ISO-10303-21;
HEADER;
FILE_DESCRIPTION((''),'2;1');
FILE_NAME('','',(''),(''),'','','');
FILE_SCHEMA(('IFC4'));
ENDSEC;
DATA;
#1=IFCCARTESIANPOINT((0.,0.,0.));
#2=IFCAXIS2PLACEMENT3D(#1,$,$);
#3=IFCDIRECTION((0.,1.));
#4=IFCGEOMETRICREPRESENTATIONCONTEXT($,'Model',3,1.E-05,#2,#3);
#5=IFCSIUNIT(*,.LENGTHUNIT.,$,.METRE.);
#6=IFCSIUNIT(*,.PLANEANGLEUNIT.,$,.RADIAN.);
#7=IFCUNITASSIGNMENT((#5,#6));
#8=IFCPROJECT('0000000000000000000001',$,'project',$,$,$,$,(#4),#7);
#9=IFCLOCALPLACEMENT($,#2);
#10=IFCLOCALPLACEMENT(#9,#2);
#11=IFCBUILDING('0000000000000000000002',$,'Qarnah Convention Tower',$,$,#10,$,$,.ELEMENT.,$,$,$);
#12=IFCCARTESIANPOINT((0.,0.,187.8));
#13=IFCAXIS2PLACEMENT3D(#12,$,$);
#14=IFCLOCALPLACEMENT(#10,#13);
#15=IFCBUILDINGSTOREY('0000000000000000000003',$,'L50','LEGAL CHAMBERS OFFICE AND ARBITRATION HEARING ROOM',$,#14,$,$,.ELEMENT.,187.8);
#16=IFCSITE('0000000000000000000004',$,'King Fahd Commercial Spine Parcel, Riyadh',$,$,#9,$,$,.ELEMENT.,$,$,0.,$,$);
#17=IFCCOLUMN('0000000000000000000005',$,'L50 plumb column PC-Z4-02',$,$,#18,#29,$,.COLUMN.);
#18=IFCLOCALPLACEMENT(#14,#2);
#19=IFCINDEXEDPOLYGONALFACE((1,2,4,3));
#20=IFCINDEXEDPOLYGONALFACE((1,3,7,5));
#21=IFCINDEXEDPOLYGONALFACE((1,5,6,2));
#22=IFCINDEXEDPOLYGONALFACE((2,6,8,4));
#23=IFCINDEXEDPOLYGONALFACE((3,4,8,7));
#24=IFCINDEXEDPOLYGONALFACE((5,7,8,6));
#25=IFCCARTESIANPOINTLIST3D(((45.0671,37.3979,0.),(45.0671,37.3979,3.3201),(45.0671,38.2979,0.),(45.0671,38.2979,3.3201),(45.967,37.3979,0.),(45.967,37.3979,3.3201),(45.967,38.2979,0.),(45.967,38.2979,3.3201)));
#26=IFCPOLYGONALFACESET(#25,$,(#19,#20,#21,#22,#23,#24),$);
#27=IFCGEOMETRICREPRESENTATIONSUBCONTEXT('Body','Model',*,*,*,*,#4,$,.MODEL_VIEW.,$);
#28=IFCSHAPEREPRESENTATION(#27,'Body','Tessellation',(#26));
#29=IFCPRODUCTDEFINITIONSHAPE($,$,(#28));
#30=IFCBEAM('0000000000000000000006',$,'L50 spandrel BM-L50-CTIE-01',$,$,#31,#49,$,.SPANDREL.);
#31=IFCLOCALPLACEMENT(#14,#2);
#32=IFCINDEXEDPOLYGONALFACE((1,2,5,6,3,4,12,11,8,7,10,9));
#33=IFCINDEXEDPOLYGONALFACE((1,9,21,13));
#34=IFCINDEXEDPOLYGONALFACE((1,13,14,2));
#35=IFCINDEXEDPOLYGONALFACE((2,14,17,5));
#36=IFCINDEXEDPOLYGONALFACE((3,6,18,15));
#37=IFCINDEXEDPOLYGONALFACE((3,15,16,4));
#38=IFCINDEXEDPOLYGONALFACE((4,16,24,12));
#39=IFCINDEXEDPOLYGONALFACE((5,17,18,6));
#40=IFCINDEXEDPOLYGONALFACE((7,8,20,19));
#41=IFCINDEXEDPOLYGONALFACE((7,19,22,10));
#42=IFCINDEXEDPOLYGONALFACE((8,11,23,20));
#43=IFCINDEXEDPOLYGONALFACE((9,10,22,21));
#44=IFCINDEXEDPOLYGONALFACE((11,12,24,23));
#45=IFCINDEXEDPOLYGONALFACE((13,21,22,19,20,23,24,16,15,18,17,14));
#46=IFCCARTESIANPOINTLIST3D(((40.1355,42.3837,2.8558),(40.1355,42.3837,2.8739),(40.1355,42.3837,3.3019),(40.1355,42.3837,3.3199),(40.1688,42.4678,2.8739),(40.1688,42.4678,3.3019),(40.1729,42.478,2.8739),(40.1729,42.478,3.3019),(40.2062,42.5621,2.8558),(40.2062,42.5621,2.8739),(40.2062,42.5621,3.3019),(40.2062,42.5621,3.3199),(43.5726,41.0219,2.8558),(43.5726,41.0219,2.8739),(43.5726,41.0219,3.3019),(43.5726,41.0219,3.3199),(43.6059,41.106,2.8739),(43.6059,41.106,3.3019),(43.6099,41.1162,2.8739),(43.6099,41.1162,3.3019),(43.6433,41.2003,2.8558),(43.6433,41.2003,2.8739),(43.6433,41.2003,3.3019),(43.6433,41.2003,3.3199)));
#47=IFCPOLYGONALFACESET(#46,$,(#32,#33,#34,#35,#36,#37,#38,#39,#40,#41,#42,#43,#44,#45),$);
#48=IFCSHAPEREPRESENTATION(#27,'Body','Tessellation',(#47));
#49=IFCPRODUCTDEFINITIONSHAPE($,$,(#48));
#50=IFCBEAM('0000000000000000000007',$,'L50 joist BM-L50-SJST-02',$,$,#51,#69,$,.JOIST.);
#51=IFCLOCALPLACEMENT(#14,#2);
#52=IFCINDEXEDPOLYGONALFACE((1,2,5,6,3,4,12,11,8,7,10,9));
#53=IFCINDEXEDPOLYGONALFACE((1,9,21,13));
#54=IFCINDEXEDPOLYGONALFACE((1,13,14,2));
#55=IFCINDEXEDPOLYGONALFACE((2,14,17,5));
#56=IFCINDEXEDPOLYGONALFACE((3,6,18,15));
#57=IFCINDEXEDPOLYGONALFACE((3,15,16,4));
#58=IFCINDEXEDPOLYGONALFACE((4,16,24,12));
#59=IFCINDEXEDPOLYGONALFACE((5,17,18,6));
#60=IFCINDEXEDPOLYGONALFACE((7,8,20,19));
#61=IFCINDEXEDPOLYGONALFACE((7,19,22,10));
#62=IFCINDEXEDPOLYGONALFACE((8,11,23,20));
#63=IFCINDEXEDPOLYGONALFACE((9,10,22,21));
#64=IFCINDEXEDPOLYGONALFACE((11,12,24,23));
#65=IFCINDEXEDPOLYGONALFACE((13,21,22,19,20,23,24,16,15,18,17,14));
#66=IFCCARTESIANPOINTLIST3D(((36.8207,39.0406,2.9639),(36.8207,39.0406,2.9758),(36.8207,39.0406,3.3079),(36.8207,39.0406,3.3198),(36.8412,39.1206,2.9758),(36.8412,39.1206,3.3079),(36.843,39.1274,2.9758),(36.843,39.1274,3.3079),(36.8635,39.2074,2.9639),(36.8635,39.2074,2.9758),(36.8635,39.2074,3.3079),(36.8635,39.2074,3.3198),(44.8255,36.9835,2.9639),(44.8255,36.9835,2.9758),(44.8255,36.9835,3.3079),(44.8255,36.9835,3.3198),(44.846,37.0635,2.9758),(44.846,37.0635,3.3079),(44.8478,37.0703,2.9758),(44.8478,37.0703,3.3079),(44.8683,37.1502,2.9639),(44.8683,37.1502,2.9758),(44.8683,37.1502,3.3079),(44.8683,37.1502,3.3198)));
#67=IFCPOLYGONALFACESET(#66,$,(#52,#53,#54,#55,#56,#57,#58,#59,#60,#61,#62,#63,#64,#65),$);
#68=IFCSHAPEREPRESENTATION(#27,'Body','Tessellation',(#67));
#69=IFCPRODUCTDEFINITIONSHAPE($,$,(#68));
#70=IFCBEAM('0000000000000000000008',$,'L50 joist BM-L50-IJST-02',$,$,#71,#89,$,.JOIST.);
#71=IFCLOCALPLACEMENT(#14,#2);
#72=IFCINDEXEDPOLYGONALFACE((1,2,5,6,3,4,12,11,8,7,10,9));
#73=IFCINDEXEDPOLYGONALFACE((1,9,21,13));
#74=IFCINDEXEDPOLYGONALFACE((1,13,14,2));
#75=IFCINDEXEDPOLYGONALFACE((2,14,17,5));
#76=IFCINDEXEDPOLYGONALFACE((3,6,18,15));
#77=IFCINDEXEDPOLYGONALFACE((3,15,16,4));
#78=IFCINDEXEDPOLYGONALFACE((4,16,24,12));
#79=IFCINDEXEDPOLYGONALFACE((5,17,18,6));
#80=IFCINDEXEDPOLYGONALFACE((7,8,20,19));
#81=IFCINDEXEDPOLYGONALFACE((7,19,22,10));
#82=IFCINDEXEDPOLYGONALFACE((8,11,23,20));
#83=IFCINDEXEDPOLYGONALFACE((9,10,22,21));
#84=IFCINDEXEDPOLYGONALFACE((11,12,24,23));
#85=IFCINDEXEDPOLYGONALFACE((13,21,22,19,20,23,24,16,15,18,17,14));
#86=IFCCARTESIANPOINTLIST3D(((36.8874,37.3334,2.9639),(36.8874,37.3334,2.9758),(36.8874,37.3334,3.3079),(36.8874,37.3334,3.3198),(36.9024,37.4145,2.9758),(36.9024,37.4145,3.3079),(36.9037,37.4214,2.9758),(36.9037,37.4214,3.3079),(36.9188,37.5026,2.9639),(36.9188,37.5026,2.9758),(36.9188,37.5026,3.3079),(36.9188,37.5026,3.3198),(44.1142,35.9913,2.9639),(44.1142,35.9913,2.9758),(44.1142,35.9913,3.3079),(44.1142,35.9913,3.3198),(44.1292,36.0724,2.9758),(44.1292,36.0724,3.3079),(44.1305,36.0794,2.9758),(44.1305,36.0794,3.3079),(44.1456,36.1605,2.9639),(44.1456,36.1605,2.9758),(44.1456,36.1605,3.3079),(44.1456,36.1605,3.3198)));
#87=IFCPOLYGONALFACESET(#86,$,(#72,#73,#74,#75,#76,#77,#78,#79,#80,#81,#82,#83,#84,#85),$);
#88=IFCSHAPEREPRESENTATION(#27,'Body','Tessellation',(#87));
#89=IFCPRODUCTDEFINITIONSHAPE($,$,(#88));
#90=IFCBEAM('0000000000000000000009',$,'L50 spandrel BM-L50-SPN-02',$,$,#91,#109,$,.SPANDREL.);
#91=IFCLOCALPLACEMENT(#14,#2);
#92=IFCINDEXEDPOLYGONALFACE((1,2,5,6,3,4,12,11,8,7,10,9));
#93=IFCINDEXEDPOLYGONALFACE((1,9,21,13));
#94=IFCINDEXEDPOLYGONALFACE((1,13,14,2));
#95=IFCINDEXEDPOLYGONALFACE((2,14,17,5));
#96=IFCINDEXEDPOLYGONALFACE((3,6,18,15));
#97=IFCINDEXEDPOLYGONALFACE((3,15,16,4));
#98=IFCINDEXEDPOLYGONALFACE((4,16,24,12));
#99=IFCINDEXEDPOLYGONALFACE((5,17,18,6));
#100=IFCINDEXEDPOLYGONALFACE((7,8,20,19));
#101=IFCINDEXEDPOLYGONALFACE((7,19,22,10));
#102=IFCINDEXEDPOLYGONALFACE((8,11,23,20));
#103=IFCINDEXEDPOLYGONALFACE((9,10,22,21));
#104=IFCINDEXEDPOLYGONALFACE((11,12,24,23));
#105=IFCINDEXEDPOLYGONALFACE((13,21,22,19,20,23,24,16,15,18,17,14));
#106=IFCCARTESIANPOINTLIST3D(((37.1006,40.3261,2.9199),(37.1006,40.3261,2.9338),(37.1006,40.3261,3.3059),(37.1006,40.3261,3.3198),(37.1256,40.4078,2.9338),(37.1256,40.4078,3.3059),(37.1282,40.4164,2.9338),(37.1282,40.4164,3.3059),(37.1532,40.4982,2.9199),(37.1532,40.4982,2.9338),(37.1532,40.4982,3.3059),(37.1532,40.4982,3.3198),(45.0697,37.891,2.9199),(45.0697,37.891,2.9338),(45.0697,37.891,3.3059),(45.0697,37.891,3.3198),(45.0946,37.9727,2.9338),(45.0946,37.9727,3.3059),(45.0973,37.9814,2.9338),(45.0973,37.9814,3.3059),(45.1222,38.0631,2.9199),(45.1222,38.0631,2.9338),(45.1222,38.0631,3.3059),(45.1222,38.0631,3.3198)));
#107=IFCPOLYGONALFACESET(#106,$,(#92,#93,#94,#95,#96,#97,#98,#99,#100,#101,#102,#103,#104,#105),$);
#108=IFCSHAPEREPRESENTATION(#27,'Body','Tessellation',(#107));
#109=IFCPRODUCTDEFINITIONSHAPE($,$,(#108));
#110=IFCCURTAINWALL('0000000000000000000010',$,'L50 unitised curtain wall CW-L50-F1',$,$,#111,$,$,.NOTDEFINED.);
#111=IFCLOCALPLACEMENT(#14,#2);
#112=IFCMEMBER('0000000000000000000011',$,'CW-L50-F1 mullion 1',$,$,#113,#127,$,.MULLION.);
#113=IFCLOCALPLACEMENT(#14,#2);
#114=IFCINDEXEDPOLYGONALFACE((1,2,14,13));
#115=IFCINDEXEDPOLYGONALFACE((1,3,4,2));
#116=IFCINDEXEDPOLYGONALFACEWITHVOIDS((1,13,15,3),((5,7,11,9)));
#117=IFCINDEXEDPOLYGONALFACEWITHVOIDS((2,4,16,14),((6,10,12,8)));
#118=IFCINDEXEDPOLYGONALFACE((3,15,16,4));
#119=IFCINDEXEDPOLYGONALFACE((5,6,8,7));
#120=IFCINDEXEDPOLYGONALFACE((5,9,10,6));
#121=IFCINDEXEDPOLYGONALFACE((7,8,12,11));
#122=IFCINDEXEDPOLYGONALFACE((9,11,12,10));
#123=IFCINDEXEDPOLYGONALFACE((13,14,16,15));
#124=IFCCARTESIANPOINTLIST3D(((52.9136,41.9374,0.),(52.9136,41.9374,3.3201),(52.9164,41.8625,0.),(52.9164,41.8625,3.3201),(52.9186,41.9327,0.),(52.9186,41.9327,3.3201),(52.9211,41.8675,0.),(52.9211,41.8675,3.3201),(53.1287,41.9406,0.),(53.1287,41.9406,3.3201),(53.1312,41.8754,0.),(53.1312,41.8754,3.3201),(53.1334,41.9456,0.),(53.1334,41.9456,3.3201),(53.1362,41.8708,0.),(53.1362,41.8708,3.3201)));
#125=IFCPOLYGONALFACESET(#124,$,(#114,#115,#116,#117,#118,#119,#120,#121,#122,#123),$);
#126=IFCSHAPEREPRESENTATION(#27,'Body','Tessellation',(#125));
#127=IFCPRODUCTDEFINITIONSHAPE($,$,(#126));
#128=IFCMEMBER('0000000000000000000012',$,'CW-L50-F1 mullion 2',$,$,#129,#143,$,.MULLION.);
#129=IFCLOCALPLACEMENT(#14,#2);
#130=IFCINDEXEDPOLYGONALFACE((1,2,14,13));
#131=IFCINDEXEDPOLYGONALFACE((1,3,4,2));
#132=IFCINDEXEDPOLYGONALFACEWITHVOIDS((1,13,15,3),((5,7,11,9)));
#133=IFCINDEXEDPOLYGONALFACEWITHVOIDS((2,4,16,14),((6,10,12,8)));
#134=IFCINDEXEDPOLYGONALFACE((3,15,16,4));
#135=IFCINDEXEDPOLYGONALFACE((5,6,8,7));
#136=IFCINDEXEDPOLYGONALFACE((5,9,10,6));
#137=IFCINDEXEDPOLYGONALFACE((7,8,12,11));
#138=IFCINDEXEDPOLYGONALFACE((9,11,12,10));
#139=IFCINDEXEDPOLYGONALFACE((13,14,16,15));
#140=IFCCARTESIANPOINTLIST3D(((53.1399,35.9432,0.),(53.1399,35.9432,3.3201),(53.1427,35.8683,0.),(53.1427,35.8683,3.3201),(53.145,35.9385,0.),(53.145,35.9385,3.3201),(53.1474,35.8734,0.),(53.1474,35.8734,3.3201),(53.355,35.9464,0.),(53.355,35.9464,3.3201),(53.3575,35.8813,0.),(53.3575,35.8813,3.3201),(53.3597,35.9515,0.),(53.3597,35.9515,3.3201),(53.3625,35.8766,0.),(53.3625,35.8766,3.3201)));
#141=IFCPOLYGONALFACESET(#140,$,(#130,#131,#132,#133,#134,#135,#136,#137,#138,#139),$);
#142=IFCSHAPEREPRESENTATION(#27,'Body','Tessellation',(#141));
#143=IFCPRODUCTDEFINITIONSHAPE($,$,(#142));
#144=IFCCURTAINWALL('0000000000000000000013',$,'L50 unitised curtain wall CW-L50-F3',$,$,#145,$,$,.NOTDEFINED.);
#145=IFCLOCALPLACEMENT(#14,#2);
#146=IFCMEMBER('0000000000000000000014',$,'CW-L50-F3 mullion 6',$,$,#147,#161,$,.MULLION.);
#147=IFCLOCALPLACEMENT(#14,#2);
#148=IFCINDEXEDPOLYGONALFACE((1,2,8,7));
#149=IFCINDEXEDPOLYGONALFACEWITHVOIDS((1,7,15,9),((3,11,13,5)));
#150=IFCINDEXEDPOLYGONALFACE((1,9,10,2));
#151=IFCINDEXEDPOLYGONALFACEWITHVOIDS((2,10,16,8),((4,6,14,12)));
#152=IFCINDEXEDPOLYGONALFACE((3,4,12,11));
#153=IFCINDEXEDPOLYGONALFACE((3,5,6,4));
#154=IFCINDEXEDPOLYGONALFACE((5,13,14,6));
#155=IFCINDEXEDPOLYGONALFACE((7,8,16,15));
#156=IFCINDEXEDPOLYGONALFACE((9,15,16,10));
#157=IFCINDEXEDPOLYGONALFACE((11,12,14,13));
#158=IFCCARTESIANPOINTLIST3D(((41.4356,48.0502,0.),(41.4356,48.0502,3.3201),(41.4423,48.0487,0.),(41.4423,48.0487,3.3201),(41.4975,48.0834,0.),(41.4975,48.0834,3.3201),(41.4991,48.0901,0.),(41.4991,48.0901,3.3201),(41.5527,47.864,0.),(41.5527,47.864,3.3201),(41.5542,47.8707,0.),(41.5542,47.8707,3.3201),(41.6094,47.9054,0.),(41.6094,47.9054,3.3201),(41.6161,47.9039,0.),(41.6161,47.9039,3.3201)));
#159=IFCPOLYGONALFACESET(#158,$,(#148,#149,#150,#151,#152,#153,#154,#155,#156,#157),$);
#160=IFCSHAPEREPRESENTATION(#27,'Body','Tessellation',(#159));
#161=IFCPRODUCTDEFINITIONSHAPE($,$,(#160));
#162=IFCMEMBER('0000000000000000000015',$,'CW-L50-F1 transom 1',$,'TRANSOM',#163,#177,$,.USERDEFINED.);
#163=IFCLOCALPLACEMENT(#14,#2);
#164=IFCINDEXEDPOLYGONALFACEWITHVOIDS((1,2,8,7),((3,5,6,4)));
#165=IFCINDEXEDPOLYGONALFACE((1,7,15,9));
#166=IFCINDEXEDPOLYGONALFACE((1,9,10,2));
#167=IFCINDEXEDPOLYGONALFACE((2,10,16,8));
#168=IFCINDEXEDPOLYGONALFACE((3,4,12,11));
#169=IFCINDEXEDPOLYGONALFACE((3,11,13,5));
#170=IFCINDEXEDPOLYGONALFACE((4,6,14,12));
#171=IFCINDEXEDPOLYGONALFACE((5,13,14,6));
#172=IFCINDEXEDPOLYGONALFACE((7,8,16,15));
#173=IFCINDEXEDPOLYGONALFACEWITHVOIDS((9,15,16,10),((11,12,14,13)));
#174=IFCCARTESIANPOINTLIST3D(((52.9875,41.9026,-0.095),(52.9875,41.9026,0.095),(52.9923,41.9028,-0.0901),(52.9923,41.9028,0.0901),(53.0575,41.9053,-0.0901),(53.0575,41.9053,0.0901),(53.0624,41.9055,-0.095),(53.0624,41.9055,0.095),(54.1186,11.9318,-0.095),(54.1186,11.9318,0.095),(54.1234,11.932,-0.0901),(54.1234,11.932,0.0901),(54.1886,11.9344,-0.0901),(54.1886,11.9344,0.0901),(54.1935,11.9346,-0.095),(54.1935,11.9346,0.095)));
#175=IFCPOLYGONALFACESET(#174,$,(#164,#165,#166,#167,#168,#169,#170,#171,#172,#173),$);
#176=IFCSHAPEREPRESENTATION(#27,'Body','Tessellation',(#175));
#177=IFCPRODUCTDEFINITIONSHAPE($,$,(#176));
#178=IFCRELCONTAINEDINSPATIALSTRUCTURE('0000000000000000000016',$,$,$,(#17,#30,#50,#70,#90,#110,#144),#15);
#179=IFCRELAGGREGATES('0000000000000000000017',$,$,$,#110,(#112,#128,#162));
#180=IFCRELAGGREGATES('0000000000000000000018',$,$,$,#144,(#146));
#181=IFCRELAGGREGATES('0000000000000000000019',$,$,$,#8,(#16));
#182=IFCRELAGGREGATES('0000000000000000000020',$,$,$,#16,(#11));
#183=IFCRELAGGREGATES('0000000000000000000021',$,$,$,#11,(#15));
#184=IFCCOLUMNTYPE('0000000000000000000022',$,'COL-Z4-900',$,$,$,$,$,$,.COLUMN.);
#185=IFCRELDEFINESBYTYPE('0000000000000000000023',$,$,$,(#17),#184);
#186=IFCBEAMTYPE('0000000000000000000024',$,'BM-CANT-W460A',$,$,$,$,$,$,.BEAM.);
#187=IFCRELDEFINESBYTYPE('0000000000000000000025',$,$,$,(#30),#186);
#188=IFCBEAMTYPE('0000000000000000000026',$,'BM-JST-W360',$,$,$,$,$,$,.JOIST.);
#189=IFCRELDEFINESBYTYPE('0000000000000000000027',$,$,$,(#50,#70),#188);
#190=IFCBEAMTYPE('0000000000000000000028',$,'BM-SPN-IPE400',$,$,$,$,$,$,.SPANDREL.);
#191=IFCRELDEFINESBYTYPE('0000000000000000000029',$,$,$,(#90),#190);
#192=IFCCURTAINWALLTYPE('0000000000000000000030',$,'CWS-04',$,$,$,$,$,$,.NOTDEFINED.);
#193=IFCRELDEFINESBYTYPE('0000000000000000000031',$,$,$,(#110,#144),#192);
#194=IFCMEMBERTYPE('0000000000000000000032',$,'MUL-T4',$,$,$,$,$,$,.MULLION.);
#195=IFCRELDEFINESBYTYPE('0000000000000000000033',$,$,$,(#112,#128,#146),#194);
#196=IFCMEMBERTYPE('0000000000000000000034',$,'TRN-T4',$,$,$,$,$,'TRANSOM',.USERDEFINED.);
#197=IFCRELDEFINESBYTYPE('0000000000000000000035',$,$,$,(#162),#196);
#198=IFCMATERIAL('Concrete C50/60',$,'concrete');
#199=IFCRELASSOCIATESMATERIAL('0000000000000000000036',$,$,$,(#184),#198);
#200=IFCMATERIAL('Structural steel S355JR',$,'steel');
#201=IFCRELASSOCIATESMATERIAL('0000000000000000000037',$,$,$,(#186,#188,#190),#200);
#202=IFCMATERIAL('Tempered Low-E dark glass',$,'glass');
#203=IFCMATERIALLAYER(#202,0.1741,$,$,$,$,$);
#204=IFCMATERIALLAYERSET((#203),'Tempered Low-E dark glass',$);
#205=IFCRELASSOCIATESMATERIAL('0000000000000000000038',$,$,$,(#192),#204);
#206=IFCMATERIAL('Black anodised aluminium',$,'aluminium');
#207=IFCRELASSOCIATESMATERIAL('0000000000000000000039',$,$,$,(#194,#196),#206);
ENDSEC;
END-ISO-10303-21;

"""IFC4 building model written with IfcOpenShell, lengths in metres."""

from ifc_helpers import new_model, si_unit, direction, frame, origin, origin_2d, place, context, subcontext, project, spatial, rectangle, hollow_rectangle, i_section, extrude, material, layer, layer_set, material_profile, profile_set, type_object, element, aggregate, save


model = new_model("IFC4")

# Units and contexts
model_context = context("Model", 3, precision=1e-05, world=origin(), true_north=direction((0.0, 1.0)))
body_context = subcontext(model_context, "Body", "Model", "MODEL_VIEW")
ifc_project = project(units=[si_unit("LENGTHUNIT", "METRE"), si_unit("PLANEANGLEUNIT", "RADIAN")], contexts=[model_context])

# Site, building, storey
site_placement = place(None, origin())
site = spatial("IfcSite", under=ifc_project, at=site_placement, Name="King Fahd Commercial Spine Parcel, Riyadh", CompositionType="ELEMENT", RefElevation=0.0)
building_placement = place(site_placement, origin())
building = spatial("IfcBuilding", under=site, at=building_placement, Name="Qarnah Convention Tower", CompositionType="ELEMENT")
storey_placement = place(building_placement, frame((0.0, 0.0, 187.8)))
storey = spatial("IfcBuildingStorey", under=building, at=storey_placement, Name="L50", Description="LEGAL CHAMBERS OFFICE AND ARBITRATION HEARING ROOM", CompositionType="ELEMENT", Elevation=187.8)

# Column
ifc_material_1 = material(Name="Concrete C50/60", Category="concrete")
ifc_material_profile_1 = material_profile(ifc_material_1, rectangle(XDim=0.8999, YDim=0.8999, at=origin_2d()), Name="RC-COL-900X900")
ifc_profile_set_1 = profile_set([ifc_material_profile_1], Name="Concrete C50/60")
column_type = type_object("IfcColumnType", Name="COL-Z4-900", PredefinedType="COLUMN", material=ifc_profile_set_1)
column_placement = place(storey_placement, frame((45.5171, 37.8479, 0.0), z_axis=(0.0, 0.0, 1.0), x_axis=(1.0, 0.0, 0.0)))
element("IfcColumn", 1, at=column_placement, inside=storey, type_object=column_type, Name="L50 plumb column PC-Z4-02", PredefinedType="COLUMN", context=body_context, shape_type="SweptSolid", body=[
    extrude(rectangle(XDim=0.8999, YDim=0.8999, at=origin_2d()), origin(), (0.0, 0.0, 1.0), 3.3201),
])

# Beams
ifc_material_2 = material(Name="Structural steel S355JR", Category="steel")
ifc_material_profile_2 = material_profile(ifc_material_2, i_section(OverallWidth=0.1919, OverallDepth=0.4641, WebThickness=0.011, FlangeThickness=0.0181, at=origin_2d()), Name="W460X89")
ifc_profile_set_2 = profile_set([ifc_material_profile_2], Name="Structural steel S355JR")
beam_type_1 = type_object("IfcBeamType", Name="BM-CANT-W460A", PredefinedType="BEAM", material=ifc_profile_set_2)
beam_1_placement = place(storey_placement, frame((43.6079, 41.1111, 3.0879), z_axis=(-0.929683, 0.36836, 0.0), x_axis=(-0.36836, -0.929683, 0.0)))
element("IfcBeam", 2, at=beam_1_placement, inside=storey, type_object=beam_type_1, Name="L50 spandrel BM-L50-CTIE-01", PredefinedType="SPANDREL", context=body_context, shape_type="SweptSolid", body=[
    extrude(i_section(OverallWidth=0.1919, OverallDepth=0.4641, WebThickness=0.011, FlangeThickness=0.0181, at=origin_2d()), origin(), (0.0, 0.0, 1.0), 3.697),
])
ifc_material_profile_3 = material_profile(ifc_material_2, i_section(OverallWidth=0.1721, OverallDepth=0.356, WebThickness=0.0071, FlangeThickness=0.012, at=origin_2d()), Name="W360X51")
ifc_profile_set_3 = profile_set([ifc_material_profile_3], Name="Structural steel S355JR")
beam_type_2 = type_object("IfcBeamType", Name="BM-JST-W360", PredefinedType="JOIST", material=ifc_profile_set_3)
beam_2_placement = place(storey_placement, frame((44.8469, 37.0669, 3.1418), z_axis=(-0.96853, 0.248897, 0.0), x_axis=(-0.248897, -0.96853, 0.0)))
element("IfcBeam", 3, at=beam_2_placement, inside=storey, type_object=beam_type_2, Name="L50 joist BM-L50-SJST-02", PredefinedType="JOIST", context=body_context, shape_type="SweptSolid", body=[
    extrude(i_section(OverallWidth=0.1721, OverallDepth=0.356, WebThickness=0.0071, FlangeThickness=0.012, at=origin_2d()), origin(), (0.0, 0.0, 1.0), 8.2649),
])
beam_3_placement = place(storey_placement, frame((44.1299, 36.0759, 3.1418), z_axis=(-0.983191, 0.182582, 0.0), x_axis=(-0.182582, -0.983191, 0.0)))
element("IfcBeam", 4, at=beam_3_placement, inside=storey, type_object=beam_type_2, Name="L50 joist BM-L50-IJST-02", PredefinedType="JOIST", context=body_context, shape_type="SweptSolid", body=[
    extrude(i_section(OverallWidth=0.1721, OverallDepth=0.356, WebThickness=0.0071, FlangeThickness=0.012, at=origin_2d()), origin(), (0.0, 0.0, 1.0), 7.3503),
])
ifc_material_profile_4 = material_profile(ifc_material_2, i_section(OverallWidth=0.1799, OverallDepth=0.3999, WebThickness=0.009, FlangeThickness=0.0139, at=origin_2d()), Name="IPE400")
ifc_profile_set_4 = profile_set([ifc_material_profile_4], Name="Structural steel S355JR")
beam_type_3 = type_object("IfcBeamType", Name="BM-SPN-IPE400", PredefinedType="SPANDREL", material=ifc_profile_set_4)
beam_4_placement = place(storey_placement, frame((45.0959, 37.9771, 3.1199), z_axis=(-0.956349, 0.292228, 0.0), x_axis=(-0.292228, -0.956349, 0.0)))
element("IfcBeam", 5, at=beam_4_placement, inside=storey, type_object=beam_type_3, Name="L50 spandrel BM-L50-SPN-02", PredefinedType="SPANDREL", context=body_context, shape_type="SweptSolid", body=[
    extrude(i_section(OverallWidth=0.1799, OverallDepth=0.3999, WebThickness=0.009, FlangeThickness=0.0139, at=origin_2d()), origin(), (0.0, 0.0, 1.0), 8.3328),
])

# Curtain wall, members
ifc_material_3 = material(Name="Tempered Low-E dark glass", Category="glass")
ifc_layer_1 = layer(ifc_material_3, 0.1741)
ifc_layer_set_1 = layer_set([ifc_layer_1], Name="Tempered Low-E dark glass")
curtain_wall_type = type_object("IfcCurtainWallType", Name="CWS-04", PredefinedType="NOTDEFINED", material=ifc_layer_set_1)
curtain_wall_1_placement = place(storey_placement, origin())
curtain_wall_1 = element("IfcCurtainWall", 6, at=curtain_wall_1_placement, inside=storey, type_object=curtain_wall_type, Name="L50 unitised curtain wall CW-L50-F1", PredefinedType="NOTDEFINED")
ifc_material_4 = material(Name="Black anodised aluminium", Category="aluminium")
ifc_material_profile_5 = material_profile(ifc_material_4, hollow_rectangle(XDim=0.075, YDim=0.22, WallThickness=0.0049, at=origin_2d()), Name="MUL-75X220")
ifc_profile_set_5 = profile_set([ifc_material_profile_5], Name="Black anodised aluminium")
member_type_1 = type_object("IfcMemberType", Name="MUL-T4", PredefinedType="MULLION", material=ifc_profile_set_5)
member_1_placement = place(storey_placement, frame((53.0249, 41.9041, 0.0), z_axis=(0.0, 0.0, 1.0), x_axis=(0.03771, -0.999289, 0.0)))
member_1 = element("IfcMember", 7, at=member_1_placement, type_object=member_type_1, Name="CW-L50-F1 mullion 1", PredefinedType="MULLION", context=body_context, shape_type="SweptSolid", body=[
    extrude(hollow_rectangle(XDim=0.075, YDim=0.22, WallThickness=0.0049, at=origin_2d()), origin(), (0.0, 0.0, 1.0), 3.3201),
])
member_2_placement = place(storey_placement, frame((53.2512, 35.9099, 0.0), z_axis=(0.0, 0.0, 1.0), x_axis=(0.03771, -0.999289, 0.0)))
member_2 = element("IfcMember", 8, at=member_2_placement, type_object=member_type_1, Name="CW-L50-F1 mullion 2", PredefinedType="MULLION", context=body_context, shape_type="SweptSolid", body=[
    extrude(hollow_rectangle(XDim=0.075, YDim=0.22, WallThickness=0.0049, at=origin_2d()), origin(), (0.0, 0.0, 1.0), 3.3201),
])

# Curtain wall, member
curtain_wall_2_placement = place(storey_placement, origin())
curtain_wall_2 = element("IfcCurtainWall", 9, at=curtain_wall_2_placement, inside=storey, type_object=curtain_wall_type, Name="L50 unitised curtain wall CW-L50-F3", PredefinedType="NOTDEFINED")
member_3_placement = place(storey_placement, frame((41.5259, 47.9771, 0.0), z_axis=(0.0, 0.0, 1.0), x_axis=(0.846568, 0.532281, 0.0)))
member_3 = element("IfcMember", 10, at=member_3_placement, type_object=member_type_1, Name="CW-L50-F3 mullion 6", PredefinedType="MULLION", context=body_context, shape_type="SweptSolid", body=[
    extrude(hollow_rectangle(XDim=0.075, YDim=0.22, WallThickness=0.0049, at=origin_2d()), origin(), (0.0, 0.0, 1.0), 3.3201),
])

# Member
ifc_material_profile_6 = material_profile(ifc_material_4, hollow_rectangle(XDim=0.075, YDim=0.1899, WallThickness=0.0049, at=origin_2d()), Name="TRN-75X190")
ifc_profile_set_6 = profile_set([ifc_material_profile_6], Name="Black anodised aluminium")
member_type_2 = type_object("IfcMemberType", Name="TRN-T4", ElementType="TRANSOM", PredefinedType="USERDEFINED", material=ifc_profile_set_6)
member_4_placement = place(storey_placement, frame((53.0249, 41.9041, 0.0), z_axis=(0.037713, -0.999289, 0.0), x_axis=(0.999289, 0.037713, 0.0)))
member_4 = element("IfcMember", 11, at=member_4_placement, type_object=member_type_2, Name="CW-L50-F1 transom 1", ObjectType="TRANSOM", PredefinedType="USERDEFINED", context=body_context, shape_type="SweptSolid", body=[
    extrude(hollow_rectangle(XDim=0.075, YDim=0.1899, WallThickness=0.0049, at=origin_2d()), origin(), (0.0, 0.0, 1.0), 29.9922),
])

aggregate(curtain_wall_1, [member_1, member_2, member_4])
aggregate(curtain_wall_2, [member_3])

save(model, "model.ifc")
